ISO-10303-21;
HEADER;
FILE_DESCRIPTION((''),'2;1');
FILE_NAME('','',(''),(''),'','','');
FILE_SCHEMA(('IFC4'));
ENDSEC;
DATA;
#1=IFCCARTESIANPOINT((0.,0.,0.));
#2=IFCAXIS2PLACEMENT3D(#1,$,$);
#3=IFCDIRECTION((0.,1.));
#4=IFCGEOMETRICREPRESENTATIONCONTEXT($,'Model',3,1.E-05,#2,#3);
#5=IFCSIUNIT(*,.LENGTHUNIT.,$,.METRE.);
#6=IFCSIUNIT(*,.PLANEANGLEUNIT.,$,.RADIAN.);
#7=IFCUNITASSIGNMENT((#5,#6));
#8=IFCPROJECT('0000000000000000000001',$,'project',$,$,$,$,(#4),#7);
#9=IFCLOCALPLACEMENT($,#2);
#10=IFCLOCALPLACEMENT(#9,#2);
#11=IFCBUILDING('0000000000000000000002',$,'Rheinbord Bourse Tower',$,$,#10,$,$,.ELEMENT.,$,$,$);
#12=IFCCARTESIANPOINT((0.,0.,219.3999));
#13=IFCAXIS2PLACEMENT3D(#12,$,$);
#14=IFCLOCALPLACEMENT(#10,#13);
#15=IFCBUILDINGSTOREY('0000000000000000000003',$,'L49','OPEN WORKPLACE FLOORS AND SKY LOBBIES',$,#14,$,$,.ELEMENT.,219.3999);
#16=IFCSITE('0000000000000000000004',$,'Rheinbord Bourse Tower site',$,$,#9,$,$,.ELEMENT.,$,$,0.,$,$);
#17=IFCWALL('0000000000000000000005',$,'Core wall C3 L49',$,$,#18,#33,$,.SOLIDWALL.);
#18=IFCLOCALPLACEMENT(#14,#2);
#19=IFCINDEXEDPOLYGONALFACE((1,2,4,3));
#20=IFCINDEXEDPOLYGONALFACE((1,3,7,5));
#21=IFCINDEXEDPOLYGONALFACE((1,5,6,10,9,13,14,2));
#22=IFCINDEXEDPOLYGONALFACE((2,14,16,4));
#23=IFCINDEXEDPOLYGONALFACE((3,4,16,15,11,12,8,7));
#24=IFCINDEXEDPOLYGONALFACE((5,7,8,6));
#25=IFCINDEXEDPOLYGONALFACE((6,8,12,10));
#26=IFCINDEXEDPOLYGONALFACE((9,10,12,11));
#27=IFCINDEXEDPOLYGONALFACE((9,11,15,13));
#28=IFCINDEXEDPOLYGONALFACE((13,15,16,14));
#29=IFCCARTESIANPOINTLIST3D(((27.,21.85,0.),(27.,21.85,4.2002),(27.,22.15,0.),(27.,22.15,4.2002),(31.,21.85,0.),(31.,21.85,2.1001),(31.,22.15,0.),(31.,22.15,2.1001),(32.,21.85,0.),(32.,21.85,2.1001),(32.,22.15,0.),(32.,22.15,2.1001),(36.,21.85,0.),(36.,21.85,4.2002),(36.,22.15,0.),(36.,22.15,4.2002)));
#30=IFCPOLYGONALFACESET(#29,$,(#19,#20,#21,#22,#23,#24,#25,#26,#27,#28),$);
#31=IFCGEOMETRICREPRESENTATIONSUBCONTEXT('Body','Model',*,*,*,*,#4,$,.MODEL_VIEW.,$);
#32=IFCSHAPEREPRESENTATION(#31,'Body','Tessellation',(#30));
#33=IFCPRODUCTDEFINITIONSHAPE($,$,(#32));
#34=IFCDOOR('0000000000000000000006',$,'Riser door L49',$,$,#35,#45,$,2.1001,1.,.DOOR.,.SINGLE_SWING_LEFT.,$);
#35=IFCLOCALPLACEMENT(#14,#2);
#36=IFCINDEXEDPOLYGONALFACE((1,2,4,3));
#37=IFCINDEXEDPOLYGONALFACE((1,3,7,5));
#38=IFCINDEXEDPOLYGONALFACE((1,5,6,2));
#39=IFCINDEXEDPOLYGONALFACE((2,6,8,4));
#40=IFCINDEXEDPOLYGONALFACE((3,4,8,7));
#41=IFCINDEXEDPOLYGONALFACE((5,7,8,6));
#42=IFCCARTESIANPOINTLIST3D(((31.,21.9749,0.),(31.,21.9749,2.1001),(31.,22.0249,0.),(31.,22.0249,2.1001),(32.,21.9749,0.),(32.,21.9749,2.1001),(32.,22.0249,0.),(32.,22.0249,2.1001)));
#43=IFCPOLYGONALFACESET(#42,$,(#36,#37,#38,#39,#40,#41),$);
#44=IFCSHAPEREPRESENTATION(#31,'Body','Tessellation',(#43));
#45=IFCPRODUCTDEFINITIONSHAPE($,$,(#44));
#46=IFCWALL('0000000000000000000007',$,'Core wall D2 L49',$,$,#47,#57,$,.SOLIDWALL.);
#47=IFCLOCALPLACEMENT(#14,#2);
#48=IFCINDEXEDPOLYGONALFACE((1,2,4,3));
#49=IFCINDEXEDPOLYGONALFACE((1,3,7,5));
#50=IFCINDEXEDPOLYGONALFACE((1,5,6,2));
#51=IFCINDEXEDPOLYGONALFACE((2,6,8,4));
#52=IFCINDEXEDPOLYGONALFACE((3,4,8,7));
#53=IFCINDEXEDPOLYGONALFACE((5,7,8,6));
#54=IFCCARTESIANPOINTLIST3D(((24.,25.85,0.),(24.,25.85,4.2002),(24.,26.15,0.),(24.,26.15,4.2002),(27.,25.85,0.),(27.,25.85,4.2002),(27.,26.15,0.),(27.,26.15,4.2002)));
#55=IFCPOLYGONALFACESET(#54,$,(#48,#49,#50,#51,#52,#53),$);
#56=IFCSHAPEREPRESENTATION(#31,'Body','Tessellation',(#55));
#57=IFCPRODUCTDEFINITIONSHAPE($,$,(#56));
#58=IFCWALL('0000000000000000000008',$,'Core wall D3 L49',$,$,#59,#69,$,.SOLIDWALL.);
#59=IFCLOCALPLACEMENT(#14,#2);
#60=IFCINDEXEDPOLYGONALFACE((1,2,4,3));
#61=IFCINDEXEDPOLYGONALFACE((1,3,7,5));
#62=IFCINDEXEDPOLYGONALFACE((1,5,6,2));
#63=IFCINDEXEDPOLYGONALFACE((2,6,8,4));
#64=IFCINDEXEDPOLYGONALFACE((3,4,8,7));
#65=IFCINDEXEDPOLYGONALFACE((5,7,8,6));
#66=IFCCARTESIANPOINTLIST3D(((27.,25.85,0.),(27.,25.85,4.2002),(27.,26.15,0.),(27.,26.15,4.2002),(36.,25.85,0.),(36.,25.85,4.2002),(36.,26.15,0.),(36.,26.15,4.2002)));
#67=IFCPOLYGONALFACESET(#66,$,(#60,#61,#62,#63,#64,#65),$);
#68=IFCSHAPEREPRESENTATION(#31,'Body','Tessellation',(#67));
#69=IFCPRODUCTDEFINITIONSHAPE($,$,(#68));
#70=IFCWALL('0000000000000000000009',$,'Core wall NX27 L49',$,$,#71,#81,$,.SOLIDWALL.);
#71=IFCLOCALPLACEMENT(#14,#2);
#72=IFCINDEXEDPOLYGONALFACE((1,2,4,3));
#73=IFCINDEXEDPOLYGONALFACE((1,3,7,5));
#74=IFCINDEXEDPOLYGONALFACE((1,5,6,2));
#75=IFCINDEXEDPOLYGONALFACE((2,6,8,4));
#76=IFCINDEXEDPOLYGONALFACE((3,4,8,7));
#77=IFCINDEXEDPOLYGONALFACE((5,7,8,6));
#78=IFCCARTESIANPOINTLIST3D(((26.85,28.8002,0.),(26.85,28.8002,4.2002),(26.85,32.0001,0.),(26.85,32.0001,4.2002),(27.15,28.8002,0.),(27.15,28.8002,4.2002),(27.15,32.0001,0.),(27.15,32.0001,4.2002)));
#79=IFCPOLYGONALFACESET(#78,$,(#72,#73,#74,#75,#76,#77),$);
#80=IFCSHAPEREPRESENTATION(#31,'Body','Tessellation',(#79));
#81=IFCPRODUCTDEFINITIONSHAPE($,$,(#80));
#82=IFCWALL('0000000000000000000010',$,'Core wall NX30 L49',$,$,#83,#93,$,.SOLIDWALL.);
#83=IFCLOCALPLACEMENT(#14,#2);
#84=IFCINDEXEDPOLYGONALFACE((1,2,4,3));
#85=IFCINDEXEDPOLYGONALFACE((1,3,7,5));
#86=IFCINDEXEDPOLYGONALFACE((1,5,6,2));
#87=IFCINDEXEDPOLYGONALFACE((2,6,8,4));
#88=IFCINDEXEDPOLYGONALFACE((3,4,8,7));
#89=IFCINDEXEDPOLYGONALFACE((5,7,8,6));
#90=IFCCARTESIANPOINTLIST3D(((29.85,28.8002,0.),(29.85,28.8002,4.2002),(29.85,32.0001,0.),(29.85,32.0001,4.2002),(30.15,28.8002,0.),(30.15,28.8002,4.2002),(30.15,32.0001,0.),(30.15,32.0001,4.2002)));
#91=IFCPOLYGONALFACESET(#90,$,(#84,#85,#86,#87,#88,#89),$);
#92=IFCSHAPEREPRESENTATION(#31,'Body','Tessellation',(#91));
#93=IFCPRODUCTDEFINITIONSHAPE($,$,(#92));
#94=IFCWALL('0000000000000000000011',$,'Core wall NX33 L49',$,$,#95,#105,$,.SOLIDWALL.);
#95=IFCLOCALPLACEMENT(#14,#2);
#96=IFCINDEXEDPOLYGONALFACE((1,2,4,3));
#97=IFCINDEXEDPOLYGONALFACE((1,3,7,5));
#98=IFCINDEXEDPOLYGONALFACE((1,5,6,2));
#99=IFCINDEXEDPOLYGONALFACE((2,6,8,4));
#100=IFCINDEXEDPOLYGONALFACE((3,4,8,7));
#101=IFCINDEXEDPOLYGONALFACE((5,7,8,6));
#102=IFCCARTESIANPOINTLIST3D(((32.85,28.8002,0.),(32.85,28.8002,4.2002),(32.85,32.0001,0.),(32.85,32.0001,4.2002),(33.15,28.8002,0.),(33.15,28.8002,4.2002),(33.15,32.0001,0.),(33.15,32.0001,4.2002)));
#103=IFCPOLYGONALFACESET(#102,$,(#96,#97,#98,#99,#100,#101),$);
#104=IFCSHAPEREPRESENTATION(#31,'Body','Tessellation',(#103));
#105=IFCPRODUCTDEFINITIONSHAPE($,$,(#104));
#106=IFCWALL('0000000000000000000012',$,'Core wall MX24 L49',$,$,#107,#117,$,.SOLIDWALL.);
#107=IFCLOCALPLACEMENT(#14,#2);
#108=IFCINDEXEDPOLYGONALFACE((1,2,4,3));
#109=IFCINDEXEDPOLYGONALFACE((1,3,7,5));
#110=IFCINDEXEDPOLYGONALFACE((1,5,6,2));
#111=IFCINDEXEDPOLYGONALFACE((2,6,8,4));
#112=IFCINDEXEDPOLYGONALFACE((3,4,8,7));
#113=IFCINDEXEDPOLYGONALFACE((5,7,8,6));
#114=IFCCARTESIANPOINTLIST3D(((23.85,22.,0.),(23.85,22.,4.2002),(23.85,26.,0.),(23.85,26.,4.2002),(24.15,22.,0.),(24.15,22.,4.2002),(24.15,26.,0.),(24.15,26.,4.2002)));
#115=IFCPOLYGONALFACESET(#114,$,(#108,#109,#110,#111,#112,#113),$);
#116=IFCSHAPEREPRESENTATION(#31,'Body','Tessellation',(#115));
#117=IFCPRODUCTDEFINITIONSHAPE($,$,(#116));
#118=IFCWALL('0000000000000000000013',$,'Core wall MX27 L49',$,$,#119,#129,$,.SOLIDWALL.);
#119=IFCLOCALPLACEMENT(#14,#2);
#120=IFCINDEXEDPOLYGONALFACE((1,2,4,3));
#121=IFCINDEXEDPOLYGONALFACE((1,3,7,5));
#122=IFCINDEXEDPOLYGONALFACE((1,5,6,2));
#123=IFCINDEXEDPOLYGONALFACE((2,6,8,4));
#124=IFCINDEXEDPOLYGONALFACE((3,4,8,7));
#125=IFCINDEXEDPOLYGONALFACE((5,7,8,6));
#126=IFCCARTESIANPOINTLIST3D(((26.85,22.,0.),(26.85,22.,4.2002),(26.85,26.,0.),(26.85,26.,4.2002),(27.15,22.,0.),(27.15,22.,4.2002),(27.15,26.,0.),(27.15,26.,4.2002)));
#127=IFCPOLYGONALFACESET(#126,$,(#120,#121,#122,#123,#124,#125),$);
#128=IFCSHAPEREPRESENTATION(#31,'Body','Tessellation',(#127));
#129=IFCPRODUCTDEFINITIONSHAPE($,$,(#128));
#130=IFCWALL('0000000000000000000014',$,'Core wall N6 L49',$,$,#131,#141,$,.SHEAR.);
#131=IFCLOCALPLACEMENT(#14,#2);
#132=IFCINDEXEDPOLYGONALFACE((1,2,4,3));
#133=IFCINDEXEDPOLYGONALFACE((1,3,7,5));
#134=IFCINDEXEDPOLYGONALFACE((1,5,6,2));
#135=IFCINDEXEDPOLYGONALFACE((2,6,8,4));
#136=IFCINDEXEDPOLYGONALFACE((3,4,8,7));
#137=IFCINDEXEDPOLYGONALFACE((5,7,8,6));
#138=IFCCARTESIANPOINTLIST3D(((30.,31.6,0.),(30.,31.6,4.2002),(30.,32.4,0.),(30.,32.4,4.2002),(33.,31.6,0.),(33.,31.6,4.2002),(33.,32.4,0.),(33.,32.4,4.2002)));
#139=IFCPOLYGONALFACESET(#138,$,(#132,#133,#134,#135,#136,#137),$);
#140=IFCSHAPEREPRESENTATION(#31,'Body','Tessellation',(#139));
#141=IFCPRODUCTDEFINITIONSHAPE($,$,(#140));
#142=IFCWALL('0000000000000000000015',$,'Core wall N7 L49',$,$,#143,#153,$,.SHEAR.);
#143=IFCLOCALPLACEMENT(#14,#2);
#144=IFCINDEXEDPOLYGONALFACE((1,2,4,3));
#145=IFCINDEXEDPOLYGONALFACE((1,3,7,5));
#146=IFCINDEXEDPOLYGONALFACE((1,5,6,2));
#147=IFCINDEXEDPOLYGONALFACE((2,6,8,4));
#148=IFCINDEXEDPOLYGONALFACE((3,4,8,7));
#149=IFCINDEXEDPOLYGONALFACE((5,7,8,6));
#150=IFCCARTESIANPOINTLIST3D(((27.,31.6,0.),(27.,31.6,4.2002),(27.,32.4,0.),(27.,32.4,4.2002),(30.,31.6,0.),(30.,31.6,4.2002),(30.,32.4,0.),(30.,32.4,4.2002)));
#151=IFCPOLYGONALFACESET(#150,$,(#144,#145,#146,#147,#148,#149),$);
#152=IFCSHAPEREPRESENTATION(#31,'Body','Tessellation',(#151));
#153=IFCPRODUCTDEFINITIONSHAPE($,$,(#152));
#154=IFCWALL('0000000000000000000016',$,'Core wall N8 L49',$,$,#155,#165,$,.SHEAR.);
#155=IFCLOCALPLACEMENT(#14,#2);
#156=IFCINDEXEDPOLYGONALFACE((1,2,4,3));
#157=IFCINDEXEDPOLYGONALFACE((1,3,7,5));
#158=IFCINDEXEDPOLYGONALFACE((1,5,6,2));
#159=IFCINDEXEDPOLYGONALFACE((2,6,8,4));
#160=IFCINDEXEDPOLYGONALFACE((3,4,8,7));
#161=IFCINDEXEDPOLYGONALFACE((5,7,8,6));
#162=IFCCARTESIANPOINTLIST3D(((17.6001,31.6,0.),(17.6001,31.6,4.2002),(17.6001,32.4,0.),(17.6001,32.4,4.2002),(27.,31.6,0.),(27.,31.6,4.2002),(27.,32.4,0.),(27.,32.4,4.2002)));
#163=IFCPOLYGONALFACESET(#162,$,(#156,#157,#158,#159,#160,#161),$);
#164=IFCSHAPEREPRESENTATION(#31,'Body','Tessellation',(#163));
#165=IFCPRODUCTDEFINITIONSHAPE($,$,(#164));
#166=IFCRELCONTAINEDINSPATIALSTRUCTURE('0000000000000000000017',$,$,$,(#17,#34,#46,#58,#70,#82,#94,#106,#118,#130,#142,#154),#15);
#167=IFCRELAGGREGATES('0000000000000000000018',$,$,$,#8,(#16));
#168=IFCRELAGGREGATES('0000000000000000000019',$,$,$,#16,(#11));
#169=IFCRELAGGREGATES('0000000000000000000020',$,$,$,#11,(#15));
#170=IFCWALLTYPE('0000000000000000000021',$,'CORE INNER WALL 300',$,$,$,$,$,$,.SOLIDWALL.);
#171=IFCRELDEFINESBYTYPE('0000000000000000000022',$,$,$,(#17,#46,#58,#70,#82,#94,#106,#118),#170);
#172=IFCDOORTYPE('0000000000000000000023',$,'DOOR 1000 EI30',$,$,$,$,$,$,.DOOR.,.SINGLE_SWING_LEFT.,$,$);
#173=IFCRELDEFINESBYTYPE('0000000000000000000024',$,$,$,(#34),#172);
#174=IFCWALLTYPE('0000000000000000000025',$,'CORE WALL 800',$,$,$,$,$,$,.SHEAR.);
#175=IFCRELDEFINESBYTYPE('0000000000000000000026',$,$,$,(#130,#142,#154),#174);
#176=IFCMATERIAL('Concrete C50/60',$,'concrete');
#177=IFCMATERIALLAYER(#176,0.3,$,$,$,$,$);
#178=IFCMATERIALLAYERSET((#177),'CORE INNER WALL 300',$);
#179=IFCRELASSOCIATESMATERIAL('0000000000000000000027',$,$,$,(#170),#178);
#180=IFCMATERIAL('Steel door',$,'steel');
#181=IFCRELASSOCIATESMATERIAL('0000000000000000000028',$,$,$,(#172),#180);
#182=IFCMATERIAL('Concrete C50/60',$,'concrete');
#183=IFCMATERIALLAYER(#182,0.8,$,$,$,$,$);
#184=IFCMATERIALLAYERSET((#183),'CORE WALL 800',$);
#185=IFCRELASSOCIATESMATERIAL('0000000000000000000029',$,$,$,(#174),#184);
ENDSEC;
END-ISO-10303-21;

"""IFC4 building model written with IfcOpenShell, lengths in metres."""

from ifc_helpers import new_model, si_unit, direction, frame, frame_2d, origin, place, context, subcontext, project, spatial, rectangle, extrude, material, layer, layer_set, type_object, element, fill, save


model = new_model("IFC4")

# Units and contexts
model_context = context("Model", 3, precision=1e-05, world=origin(), true_north=direction((0.0, 1.0)))
body_context = subcontext(model_context, "Body", "Model", "MODEL_VIEW")
ifc_project = project(units=[si_unit("LENGTHUNIT", "METRE"), si_unit("PLANEANGLEUNIT", "RADIAN")], contexts=[model_context])

# Site, building, storey
site_placement = place(None, origin())
site = spatial("IfcSite", under=ifc_project, at=site_placement, Name="Rheinbord Bourse Tower site", CompositionType="ELEMENT", RefElevation=0.0)
building_placement = place(site_placement, origin())
building = spatial("IfcBuilding", under=site, at=building_placement, Name="Rheinbord Bourse Tower", CompositionType="ELEMENT")
storey_placement = place(building_placement, frame((0.0, 0.0, 219.3999)))
storey = spatial("IfcBuildingStorey", under=building, at=storey_placement, Name="L49", Description="OPEN WORKPLACE FLOORS AND SKY LOBBIES", CompositionType="ELEMENT", Elevation=219.3999)

# Wall, opening, door
ifc_material_1 = material(Name="Concrete C50/60", Category="concrete")
ifc_layer_1 = layer(ifc_material_1, 0.3)
ifc_layer_set_1 = layer_set([ifc_layer_1], Name="CORE INNER WALL 300")
wall_type_1 = type_object("IfcWallType", Name="CORE INNER WALL 300", PredefinedType="SOLIDWALL", material=ifc_layer_set_1)
wall_1_placement = place(storey_placement, frame((27.0, 22.0, 0.0), z_axis=(0.0, 0.0, 1.0), x_axis=(1.0, 0.0, 0.0)))
wall_1 = element("IfcWall", 1, at=wall_1_placement, inside=storey, type_object=wall_type_1, Name="Core wall C3 L49", PredefinedType="SOLIDWALL", context=body_context, shape_type="SweptSolid", body=[
    extrude(rectangle(XDim=9.0, YDim=0.3, at=frame_2d((4.5, 0.0))), origin(), (0.0, 0.0, 1.0), 4.2002),
])
opening_1_placement = place(wall_1_placement, frame((4.0, 0.0, 0.0)))
opening_1 = element("IfcOpeningElement", 2, at=opening_1_placement, cuts=wall_1, PredefinedType="OPENING", context=body_context, shape_type="SweptSolid", body=[
    extrude(rectangle(XDim=1.0, YDim=2.1001, at=frame_2d((0.5, 1.05))), frame((0.0, 0.1599, 0.0), z_axis=(0.0, -1.0, 0.0), x_axis=(1.0, 0.0, 0.0)), (0.0, 0.0, 1.0), 0.3201),
])
ifc_material_2 = material(Name="Steel door", Category="steel")
door_type_1 = type_object("IfcDoorType", Name="DOOR 1000 EI30", OperationType="SINGLE_SWING_LEFT", PredefinedType="DOOR", material=ifc_material_2)
door_1_placement = place(opening_1_placement, origin())
door_1 = element("IfcDoor", 3, at=door_1_placement, inside=storey, type_object=door_type_1, Name="Riser door L49", OperationType="SINGLE_SWING_LEFT", OverallHeight=2.1001, OverallWidth=1.0, PredefinedType="DOOR", context=body_context, shape_type="SweptSolid", body=[
    extrude(rectangle(XDim=1.0, YDim=2.1001, at=frame_2d((0.5, 1.05))), frame((0.0, 0.0249, 0.0), z_axis=(0.0, -1.0, 0.0), x_axis=(1.0, 0.0, 0.0)), (0.0, 0.0, 1.0), 0.05),
])
fill(opening_1, door_1)

# Walls
wall_2_placement = place(storey_placement, frame((24.0, 26.0, 0.0), z_axis=(0.0, 0.0, 1.0), x_axis=(1.0, 0.0, 0.0)))
element("IfcWall", 4, at=wall_2_placement, inside=storey, type_object=wall_type_1, Name="Core wall D2 L49", PredefinedType="SOLIDWALL", context=body_context, shape_type="SweptSolid", body=[
    extrude(rectangle(XDim=3.0, YDim=0.3, at=frame_2d((1.5, 0.0))), origin(), (0.0, 0.0, 1.0), 4.2002),
])
wall_3_placement = place(storey_placement, frame((27.0, 26.0, 0.0), z_axis=(0.0, 0.0, 1.0), x_axis=(1.0, 0.0, 0.0)))
element("IfcWall", 5, at=wall_3_placement, inside=storey, type_object=wall_type_1, Name="Core wall D3 L49", PredefinedType="SOLIDWALL", context=body_context, shape_type="SweptSolid", body=[
    extrude(rectangle(XDim=9.0, YDim=0.3, at=frame_2d((4.5, 0.0))), origin(), (0.0, 0.0, 1.0), 4.2002),
])
for number, where, z_axis, x_axis, name in (
    (6, (27.0, 28.8, 0.0), (0.0, 0.0, 1.0), (0.0, 1.0, 0.0), "Core wall NX27 L49"),
    (7, (30.0, 28.8, 0.0), (0.0, 0.0, 1.0), (0.0, 1.0, 0.0), "Core wall NX30 L49"),
    (8, (33.0, 28.8, 0.0), (0.0, 0.0, 1.0), (0.0, 1.0, 0.0), "Core wall NX33 L49"),
):
    element("IfcWall", number, at=place(storey_placement, frame(where, z_axis=z_axis, x_axis=x_axis)), inside=storey, type_object=wall_type_1, Name=name, PredefinedType="SOLIDWALL", context=body_context, shape_type="SweptSolid", body=[
        extrude(rectangle(XDim=3.2, YDim=0.3, at=frame_2d((1.6001, 0.0))), origin(), (0.0, 0.0, 1.0), 4.2002),
    ])
for number, where, z_axis, x_axis, name in (
    (9, (24.0, 22.0, 0.0), (0.0, 0.0, 1.0), (0.0, 1.0, 0.0), "Core wall MX24 L49"),
    (10, (27.0, 22.0, 0.0), (0.0, 0.0, 1.0), (0.0, 1.0, 0.0), "Core wall MX27 L49"),
):
    element("IfcWall", number, at=place(storey_placement, frame(where, z_axis=z_axis, x_axis=x_axis)), inside=storey, type_object=wall_type_1, Name=name, PredefinedType="SOLIDWALL", context=body_context, shape_type="SweptSolid", body=[
        extrude(rectangle(XDim=4.0, YDim=0.3, at=frame_2d((2.0, 0.0))), origin(), (0.0, 0.0, 1.0), 4.2002),
    ])
ifc_material_3 = material(Name="Concrete C50/60", Category="concrete")
ifc_layer_2 = layer(ifc_material_3, 0.8)
ifc_layer_set_2 = layer_set([ifc_layer_2], Name="CORE WALL 800")
wall_type_2 = type_object("IfcWallType", Name="CORE WALL 800", PredefinedType="SHEAR", material=ifc_layer_set_2)
for number, where, z_axis, x_axis, name in (
    (11, (33.0, 32.0, 0.0), (0.0, 0.0, 1.0), (-1.0, 0.0, 0.0), "Core wall N6 L49"),
    (12, (30.0, 32.0, 0.0), (0.0, 0.0, 1.0), (-1.0, 0.0, 0.0), "Core wall N7 L49"),
):
    element("IfcWall", number, at=place(storey_placement, frame(where, z_axis=z_axis, x_axis=x_axis)), inside=storey, type_object=wall_type_2, Name=name, PredefinedType="SHEAR", context=body_context, shape_type="SweptSolid", body=[
        extrude(rectangle(XDim=3.0, YDim=0.8, at=frame_2d((1.5, 0.0))), origin(), (0.0, 0.0, 1.0), 4.2002),
    ])
wall_4_placement = place(storey_placement, frame((27.0, 32.0, 0.0), z_axis=(0.0, 0.0, 1.0), x_axis=(-1.0, 0.0, 0.0)))
element("IfcWall", 13, at=wall_4_placement, inside=storey, type_object=wall_type_2, Name="Core wall N8 L49", PredefinedType="SHEAR", context=body_context, shape_type="SweptSolid", body=[
    extrude(rectangle(XDim=9.3999, YDim=0.8, at=frame_2d((4.7, 0.0))), origin(), (0.0, 0.0, 1.0), 4.2002),
])

save(model, "model.ifc")
